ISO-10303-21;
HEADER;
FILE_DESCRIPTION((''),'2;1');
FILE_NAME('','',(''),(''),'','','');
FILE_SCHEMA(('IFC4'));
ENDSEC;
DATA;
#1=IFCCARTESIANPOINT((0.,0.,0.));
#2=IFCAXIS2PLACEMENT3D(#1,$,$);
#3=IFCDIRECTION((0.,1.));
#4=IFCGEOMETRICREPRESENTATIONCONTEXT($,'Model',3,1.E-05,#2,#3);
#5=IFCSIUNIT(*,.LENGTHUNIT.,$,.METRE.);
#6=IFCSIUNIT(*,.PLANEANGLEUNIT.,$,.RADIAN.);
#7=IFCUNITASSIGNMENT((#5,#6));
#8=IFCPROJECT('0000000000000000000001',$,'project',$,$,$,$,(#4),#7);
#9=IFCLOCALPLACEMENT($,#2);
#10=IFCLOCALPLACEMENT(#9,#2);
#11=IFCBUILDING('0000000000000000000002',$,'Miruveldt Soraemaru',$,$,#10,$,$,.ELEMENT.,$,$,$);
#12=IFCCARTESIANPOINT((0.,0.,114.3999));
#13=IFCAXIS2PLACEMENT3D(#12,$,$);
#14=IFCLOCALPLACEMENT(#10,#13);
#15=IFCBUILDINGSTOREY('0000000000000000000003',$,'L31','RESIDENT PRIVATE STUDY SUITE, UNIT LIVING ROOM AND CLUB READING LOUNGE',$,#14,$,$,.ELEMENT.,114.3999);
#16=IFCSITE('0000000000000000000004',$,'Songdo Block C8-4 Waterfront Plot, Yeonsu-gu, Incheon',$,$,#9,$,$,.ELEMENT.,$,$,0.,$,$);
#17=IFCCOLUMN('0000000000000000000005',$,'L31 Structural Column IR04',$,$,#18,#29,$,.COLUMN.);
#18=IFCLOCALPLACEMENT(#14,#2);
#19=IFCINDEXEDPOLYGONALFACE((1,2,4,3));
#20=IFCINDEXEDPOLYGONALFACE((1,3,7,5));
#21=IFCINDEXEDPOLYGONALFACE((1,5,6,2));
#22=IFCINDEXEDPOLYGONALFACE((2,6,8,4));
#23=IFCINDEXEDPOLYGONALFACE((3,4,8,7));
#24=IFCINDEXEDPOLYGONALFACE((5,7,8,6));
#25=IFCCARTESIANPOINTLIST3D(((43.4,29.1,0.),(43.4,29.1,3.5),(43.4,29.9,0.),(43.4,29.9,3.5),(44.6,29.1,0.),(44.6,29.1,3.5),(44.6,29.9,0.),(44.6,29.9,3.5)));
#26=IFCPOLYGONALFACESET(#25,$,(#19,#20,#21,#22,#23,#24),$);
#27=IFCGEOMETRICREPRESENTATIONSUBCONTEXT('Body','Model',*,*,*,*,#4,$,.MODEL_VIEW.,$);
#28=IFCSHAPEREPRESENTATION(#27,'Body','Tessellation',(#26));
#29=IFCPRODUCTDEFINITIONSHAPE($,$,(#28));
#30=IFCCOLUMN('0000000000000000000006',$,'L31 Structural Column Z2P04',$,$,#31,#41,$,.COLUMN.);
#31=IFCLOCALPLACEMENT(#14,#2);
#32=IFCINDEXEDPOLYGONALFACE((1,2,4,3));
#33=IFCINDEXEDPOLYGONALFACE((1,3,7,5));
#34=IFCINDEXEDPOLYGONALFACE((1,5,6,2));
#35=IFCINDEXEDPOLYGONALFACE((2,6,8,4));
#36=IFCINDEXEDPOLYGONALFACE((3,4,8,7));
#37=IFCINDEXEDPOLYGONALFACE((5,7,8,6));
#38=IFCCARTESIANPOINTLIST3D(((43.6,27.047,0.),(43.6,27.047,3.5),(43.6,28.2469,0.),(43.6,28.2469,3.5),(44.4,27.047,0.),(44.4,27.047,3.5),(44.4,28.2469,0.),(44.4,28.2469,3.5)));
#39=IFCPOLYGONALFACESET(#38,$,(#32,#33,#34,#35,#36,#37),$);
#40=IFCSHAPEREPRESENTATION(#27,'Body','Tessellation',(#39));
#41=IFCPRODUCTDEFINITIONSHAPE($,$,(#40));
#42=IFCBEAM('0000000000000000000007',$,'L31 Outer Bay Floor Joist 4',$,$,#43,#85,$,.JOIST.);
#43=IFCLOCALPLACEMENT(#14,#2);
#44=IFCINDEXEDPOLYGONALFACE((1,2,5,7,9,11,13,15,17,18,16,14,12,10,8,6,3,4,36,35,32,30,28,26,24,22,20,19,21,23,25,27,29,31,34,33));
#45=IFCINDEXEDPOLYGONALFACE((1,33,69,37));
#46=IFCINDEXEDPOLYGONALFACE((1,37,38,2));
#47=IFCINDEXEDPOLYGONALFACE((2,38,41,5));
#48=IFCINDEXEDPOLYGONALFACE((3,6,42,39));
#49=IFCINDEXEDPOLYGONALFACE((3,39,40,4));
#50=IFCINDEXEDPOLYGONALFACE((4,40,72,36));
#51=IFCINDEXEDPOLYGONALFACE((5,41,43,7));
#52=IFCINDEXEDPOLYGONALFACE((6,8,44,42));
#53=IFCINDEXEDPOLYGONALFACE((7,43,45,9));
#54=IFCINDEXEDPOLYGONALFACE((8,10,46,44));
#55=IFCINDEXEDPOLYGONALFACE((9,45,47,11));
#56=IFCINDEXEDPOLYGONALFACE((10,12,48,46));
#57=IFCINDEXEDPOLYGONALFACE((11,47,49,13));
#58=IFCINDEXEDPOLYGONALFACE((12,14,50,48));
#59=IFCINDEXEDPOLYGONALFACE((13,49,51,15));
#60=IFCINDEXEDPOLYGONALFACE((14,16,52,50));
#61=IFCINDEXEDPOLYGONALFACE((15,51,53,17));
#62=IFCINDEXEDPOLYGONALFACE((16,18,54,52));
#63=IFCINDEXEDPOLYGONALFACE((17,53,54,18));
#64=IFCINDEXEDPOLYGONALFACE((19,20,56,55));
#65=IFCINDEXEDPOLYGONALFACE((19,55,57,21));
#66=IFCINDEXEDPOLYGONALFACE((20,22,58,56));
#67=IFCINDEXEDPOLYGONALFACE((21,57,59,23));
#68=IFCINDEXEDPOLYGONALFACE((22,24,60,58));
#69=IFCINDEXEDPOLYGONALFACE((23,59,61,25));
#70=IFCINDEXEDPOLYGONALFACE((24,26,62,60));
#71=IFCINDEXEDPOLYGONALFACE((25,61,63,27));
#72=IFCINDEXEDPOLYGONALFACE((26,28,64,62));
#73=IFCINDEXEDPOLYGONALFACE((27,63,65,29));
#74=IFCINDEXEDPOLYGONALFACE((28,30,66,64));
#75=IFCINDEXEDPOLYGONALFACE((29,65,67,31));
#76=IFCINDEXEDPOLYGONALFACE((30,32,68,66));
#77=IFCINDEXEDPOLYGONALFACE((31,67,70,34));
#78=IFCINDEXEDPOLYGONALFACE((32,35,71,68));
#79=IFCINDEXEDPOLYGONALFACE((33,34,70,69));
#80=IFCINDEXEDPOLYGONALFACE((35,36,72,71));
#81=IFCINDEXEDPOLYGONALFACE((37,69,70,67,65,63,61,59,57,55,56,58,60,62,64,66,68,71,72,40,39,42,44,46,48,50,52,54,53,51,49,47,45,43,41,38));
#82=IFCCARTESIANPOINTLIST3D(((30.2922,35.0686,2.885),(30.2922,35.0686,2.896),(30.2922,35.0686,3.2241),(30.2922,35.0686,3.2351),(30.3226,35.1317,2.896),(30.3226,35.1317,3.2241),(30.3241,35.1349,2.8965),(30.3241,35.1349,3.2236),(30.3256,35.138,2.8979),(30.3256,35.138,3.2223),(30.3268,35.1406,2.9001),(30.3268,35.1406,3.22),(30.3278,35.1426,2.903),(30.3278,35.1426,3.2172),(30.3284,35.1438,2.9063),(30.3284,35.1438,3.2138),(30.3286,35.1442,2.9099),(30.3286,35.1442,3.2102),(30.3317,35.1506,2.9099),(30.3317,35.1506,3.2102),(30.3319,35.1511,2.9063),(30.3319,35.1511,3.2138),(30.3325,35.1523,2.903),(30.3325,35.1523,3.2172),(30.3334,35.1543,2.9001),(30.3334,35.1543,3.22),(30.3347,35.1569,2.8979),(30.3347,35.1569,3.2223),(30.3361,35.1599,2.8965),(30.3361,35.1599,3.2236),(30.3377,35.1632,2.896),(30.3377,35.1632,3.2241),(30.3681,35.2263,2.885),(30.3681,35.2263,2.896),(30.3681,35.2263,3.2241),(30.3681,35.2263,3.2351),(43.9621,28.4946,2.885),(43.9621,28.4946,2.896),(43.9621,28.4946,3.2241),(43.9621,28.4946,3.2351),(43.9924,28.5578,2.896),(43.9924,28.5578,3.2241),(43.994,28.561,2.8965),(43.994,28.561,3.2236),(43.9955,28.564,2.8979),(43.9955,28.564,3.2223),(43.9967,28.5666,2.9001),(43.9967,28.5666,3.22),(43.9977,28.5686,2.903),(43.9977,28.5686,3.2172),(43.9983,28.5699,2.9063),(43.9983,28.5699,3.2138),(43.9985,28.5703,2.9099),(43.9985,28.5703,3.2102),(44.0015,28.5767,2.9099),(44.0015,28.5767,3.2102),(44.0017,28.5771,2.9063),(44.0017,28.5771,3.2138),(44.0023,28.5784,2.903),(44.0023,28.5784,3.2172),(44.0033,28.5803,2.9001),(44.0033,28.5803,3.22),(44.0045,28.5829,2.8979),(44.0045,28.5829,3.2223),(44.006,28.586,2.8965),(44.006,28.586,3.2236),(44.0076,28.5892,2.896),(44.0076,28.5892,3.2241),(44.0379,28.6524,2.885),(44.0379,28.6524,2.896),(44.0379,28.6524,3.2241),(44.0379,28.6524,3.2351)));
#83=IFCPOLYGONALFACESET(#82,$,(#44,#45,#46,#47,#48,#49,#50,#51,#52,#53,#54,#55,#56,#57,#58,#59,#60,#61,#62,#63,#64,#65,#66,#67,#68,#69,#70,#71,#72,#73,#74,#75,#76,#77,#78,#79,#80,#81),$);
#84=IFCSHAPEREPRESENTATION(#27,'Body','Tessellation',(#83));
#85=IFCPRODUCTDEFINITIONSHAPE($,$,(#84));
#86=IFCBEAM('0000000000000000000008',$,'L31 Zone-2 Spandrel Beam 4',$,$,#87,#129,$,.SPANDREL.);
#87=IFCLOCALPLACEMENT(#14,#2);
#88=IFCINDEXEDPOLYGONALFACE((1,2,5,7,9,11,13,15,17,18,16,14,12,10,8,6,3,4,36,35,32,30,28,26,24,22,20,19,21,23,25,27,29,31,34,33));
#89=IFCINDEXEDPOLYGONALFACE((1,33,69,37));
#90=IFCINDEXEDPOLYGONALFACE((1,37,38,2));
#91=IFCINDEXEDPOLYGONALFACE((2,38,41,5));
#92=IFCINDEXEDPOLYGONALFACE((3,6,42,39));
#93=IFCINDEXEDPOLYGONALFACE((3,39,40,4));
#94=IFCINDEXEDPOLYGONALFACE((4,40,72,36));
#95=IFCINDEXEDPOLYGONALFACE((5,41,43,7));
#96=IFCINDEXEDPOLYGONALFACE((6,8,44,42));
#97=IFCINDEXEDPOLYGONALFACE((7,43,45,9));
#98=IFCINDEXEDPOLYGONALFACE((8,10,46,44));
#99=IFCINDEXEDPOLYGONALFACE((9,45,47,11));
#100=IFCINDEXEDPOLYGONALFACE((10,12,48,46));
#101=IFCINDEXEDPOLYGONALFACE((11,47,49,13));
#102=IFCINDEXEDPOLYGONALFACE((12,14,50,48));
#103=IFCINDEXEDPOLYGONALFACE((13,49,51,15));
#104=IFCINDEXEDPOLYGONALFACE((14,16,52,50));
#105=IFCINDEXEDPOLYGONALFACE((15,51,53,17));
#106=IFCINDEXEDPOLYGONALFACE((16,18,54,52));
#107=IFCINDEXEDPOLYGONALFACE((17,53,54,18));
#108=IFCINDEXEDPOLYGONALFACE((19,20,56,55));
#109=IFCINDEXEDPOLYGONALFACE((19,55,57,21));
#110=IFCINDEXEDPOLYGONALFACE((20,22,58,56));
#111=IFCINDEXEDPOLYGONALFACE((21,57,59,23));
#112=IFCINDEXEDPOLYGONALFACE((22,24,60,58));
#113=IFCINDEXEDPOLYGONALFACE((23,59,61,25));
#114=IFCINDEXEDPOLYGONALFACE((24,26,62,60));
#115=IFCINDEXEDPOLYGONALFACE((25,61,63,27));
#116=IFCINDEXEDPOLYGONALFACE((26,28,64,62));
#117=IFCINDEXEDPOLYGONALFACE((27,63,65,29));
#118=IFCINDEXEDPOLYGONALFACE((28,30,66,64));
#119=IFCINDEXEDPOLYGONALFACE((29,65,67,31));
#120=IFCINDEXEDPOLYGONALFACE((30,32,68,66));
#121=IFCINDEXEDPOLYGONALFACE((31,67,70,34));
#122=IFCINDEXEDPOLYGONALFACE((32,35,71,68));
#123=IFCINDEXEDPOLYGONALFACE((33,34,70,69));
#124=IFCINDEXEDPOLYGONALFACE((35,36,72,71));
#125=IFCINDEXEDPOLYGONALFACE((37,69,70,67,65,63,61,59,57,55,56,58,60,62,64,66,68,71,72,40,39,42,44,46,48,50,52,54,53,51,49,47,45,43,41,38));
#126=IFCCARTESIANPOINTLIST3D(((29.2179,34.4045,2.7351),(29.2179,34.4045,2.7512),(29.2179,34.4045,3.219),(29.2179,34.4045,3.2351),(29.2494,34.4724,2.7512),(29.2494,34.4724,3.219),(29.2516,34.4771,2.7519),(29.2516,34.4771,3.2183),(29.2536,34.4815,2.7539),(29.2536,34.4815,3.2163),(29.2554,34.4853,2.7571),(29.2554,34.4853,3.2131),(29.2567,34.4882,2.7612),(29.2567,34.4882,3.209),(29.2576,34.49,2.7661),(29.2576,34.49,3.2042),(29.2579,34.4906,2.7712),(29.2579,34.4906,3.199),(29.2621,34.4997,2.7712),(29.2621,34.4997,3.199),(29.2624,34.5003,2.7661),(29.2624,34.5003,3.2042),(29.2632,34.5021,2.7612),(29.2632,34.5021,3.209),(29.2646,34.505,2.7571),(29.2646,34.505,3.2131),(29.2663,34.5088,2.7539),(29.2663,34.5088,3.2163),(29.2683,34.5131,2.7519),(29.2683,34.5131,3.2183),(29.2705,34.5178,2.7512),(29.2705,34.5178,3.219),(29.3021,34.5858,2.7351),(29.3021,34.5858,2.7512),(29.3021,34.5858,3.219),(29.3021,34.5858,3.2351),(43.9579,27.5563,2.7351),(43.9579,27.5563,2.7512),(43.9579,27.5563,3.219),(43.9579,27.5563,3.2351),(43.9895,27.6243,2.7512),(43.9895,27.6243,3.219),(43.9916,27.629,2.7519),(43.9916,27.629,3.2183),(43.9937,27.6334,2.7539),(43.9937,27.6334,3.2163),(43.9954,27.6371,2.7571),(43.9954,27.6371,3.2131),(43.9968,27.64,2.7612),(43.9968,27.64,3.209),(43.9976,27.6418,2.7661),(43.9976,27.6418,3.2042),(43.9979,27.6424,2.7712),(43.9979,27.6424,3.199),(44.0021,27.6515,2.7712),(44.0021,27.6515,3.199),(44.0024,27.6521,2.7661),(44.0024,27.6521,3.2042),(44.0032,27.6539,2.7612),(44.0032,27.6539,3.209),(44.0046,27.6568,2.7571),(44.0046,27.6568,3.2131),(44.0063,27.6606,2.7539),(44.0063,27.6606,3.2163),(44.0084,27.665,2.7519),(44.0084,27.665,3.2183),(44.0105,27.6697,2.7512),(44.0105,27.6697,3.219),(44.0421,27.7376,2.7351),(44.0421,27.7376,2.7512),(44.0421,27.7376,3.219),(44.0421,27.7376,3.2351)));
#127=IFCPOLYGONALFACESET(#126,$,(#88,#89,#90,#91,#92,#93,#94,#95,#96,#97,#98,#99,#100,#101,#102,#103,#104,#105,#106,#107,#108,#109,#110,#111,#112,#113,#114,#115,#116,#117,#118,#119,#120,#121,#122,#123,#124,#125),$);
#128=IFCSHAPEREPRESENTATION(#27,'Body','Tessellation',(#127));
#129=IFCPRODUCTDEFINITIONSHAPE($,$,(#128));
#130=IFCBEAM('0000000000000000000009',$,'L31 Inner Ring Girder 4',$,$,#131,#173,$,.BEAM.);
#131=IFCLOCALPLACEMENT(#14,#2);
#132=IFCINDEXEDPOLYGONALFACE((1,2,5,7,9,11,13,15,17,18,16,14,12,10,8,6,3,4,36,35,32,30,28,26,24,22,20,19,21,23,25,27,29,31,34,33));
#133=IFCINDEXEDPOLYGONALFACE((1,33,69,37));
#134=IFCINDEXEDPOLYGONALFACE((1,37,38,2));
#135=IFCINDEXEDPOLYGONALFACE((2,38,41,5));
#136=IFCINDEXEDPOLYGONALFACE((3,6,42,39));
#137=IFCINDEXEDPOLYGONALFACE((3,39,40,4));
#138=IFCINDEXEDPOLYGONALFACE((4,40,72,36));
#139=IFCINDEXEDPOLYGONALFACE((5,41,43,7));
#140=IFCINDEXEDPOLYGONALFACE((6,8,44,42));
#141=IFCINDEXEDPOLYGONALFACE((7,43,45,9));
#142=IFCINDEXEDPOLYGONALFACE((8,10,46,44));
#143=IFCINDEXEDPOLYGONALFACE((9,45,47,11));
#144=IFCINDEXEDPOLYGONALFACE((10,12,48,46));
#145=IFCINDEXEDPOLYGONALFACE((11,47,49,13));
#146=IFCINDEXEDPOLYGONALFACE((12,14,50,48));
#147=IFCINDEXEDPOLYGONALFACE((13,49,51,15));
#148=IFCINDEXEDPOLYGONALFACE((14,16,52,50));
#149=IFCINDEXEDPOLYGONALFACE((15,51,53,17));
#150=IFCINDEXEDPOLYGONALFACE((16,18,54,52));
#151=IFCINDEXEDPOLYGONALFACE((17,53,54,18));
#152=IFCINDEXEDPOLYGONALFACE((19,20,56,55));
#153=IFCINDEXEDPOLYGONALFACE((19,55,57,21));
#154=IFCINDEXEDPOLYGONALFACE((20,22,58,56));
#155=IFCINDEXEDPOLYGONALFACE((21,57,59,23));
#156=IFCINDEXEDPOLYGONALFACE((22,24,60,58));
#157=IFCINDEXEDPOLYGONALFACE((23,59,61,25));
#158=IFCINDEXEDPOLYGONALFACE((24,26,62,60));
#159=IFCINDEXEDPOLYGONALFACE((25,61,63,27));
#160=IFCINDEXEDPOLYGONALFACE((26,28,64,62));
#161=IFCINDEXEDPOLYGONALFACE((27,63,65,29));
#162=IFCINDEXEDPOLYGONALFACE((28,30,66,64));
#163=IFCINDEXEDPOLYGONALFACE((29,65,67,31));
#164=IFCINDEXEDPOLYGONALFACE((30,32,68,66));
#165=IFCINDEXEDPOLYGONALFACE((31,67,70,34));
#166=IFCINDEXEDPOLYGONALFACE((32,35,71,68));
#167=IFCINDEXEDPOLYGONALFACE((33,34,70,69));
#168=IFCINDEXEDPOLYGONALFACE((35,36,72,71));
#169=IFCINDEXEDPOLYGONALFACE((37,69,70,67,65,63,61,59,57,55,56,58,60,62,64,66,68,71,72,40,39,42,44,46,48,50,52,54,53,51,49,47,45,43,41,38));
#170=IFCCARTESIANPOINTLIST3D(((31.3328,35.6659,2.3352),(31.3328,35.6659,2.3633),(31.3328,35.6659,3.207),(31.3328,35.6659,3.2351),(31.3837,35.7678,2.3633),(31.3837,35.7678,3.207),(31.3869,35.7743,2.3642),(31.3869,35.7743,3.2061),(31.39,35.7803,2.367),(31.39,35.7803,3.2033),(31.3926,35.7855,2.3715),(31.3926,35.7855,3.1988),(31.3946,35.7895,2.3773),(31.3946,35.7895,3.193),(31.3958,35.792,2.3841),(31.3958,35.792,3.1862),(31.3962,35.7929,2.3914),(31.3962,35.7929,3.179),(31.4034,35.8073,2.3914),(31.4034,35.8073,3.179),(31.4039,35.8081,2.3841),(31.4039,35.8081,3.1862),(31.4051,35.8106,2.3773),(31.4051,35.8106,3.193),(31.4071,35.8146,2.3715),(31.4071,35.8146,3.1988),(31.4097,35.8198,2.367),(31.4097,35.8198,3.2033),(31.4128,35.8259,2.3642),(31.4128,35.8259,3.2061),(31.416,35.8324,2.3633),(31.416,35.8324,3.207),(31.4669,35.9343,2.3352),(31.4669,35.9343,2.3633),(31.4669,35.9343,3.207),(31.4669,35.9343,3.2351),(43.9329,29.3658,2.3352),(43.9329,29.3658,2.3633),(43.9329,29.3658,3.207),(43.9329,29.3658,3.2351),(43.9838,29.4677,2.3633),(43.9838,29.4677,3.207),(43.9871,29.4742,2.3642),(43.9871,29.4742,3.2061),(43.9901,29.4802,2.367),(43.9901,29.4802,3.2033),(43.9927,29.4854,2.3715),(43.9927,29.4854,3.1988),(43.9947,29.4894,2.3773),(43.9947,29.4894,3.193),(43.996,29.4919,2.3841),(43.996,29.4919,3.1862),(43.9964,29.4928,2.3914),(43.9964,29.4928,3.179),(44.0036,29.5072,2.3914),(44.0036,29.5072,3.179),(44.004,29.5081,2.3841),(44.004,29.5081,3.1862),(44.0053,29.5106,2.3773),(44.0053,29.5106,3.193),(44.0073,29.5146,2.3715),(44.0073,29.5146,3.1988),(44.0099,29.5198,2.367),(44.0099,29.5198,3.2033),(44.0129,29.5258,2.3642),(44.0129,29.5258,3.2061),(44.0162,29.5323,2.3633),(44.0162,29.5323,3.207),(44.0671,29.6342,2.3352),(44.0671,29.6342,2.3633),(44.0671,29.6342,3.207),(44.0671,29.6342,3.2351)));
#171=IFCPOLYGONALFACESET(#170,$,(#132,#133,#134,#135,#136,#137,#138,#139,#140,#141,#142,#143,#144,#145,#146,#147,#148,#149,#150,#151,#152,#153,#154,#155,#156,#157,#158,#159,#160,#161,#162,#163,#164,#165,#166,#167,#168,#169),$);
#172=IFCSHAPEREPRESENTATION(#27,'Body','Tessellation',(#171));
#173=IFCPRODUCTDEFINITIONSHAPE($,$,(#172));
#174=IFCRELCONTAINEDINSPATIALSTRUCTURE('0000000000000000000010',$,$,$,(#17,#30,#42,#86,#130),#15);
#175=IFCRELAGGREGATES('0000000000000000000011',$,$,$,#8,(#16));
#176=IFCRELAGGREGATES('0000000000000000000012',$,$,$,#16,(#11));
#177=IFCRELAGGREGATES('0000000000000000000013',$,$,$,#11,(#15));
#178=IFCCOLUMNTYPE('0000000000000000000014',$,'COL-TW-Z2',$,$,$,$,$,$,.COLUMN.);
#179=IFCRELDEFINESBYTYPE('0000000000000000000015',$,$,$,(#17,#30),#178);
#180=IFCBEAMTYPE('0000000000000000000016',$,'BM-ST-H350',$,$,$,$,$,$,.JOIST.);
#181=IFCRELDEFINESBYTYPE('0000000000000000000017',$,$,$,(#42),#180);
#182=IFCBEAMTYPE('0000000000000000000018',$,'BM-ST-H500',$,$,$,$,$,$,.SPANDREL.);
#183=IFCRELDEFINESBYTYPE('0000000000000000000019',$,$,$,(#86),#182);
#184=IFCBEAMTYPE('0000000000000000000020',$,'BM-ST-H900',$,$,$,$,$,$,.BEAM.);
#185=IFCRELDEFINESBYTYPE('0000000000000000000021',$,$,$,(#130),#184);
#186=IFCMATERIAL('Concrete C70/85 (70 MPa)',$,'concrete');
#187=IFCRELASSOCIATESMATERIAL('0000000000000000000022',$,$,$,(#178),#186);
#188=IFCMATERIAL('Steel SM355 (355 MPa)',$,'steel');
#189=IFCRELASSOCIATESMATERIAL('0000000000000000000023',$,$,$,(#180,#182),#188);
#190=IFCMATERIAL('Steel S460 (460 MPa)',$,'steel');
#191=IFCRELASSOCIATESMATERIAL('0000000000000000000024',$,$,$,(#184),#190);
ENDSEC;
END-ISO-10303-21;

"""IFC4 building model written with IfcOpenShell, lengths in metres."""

from ifc_helpers import new_model, si_unit, direction, frame, origin, origin_2d, place, context, subcontext, project, spatial, rectangle, i_section, extrude, material, material_profile, profile_set, type_object, element, save


model = new_model("IFC4")

# Units and contexts
model_context = context("Model", 3, precision=1e-05, world=origin(), true_north=direction((0.0, 1.0)))
body_context = subcontext(model_context, "Body", "Model", "MODEL_VIEW")
ifc_project = project(units=[si_unit("LENGTHUNIT", "METRE"), si_unit("PLANEANGLEUNIT", "RADIAN")], contexts=[model_context])

# Site, building, storey
site_placement = place(None, origin())
site = spatial("IfcSite", under=ifc_project, at=site_placement, Name="Songdo Block C8-4 Waterfront Plot, Yeonsu-gu, Incheon", CompositionType="ELEMENT", RefElevation=0.0)
building_placement = place(site_placement, origin())
building = spatial("IfcBuilding", under=site, at=building_placement, Name="Miruveldt Soraemaru", CompositionType="ELEMENT")
storey_placement = place(building_placement, frame((0.0, 0.0, 114.3999)))
storey = spatial("IfcBuildingStorey", under=building, at=storey_placement, Name="L31", Description="RESIDENT PRIVATE STUDY SUITE, UNIT LIVING ROOM AND CLUB READING LOUNGE", CompositionType="ELEMENT", Elevation=114.3999)

# Columns
ifc_material_1 = material(Name="Concrete C70/85 (70 MPa)", Category="concrete")
ifc_material_profile_1 = material_profile(ifc_material_1, rectangle(XDim=1.2, YDim=0.8, at=origin_2d()), Name="Concrete C70/85 (70 MPa)", Category="concrete")
ifc_profile_set_1 = profile_set([ifc_material_profile_1], Name="Concrete C70/85 (70 MPa)")
column_type = type_object("IfcColumnType", Name="COL-TW-Z2", PredefinedType="COLUMN", material=ifc_profile_set_1)
for number, where, z_axis, x_axis, name in (
    (1, (44.0, 29.5, 0.0), (0.0, 0.0, 1.0), (1.0, 0.0, 0.0), "L31 Structural Column IR04"),
    (2, (44.0, 27.647, 0.0), (0.0, 0.0, 1.0), (0.0, 1.0, 0.0), "L31 Structural Column Z2P04"),
):
    element("IfcColumn", number, at=place(storey_placement, frame(where, z_axis=z_axis, x_axis=x_axis)), inside=storey, type_object=column_type, Name=name, PredefinedType="COLUMN", context=body_context, shape_type="SweptSolid", body=[
        extrude(rectangle(XDim=1.2, YDim=0.8, at=origin_2d()), origin(), (0.0, 0.0, 1.0), 3.5),
    ])

# Beams
ifc_material_2 = material(Name="Steel SM355 (355 MPa)", Category="steel")
ifc_material_profile_2 = material_profile(ifc_material_2, i_section(OverallWidth=0.175, OverallDepth=0.3501, WebThickness=0.0071, FlangeThickness=0.011, FilletRadius=0.0139, at=origin_2d()), Name="Steel SM355 (355 MPa)", Category="steel")
ifc_profile_set_2 = profile_set([ifc_material_profile_2], Name="Steel SM355 (355 MPa)")
beam_type_1 = type_object("IfcBeamType", Name="BM-ST-H350", PredefinedType="JOIST", material=ifc_profile_set_2)
beam_1_placement = place(storey_placement, frame((44.0, 28.5735, 3.0601), z_axis=(-0.901204, 0.433396, 0.0), x_axis=(-0.433396, -0.901204, 0.0)))
element("IfcBeam", 3, at=beam_1_placement, inside=storey, type_object=beam_type_1, Name="L31 Outer Bay Floor Joist 4", PredefinedType="JOIST", context=body_context, shape_type="SweptSolid", body=[
    extrude(i_section(OverallWidth=0.175, OverallDepth=0.3501, WebThickness=0.0071, FlangeThickness=0.011, FilletRadius=0.0139, at=origin_2d()), origin(), (0.0, 0.0, 1.0), 15.1685),
])
ifc_material_profile_3 = material_profile(ifc_material_2, i_section(OverallWidth=0.2, OverallDepth=0.5, WebThickness=0.01, FlangeThickness=0.0161, FilletRadius=0.02, at=origin_2d()), Name="Steel SM355 (355 MPa)", Category="steel")
ifc_profile_set_3 = profile_set([ifc_material_profile_3], Name="Steel SM355 (355 MPa)")
beam_type_2 = type_object("IfcBeamType", Name="BM-ST-H500", PredefinedType="SPANDREL", material=ifc_profile_set_3)
beam_2_placement = place(storey_placement, frame((44.0, 27.647, 2.9851), z_axis=(-0.906901, 0.421343, 0.0), x_axis=(-0.421343, -0.906901, 0.0)))
element("IfcBeam", 4, at=beam_2_placement, inside=storey, type_object=beam_type_2, Name="L31 Zone-2 Spandrel Beam 4", PredefinedType="SPANDREL", context=body_context, shape_type="SweptSolid", body=[
    extrude(i_section(OverallWidth=0.2, OverallDepth=0.5, WebThickness=0.01, FlangeThickness=0.0161, FilletRadius=0.02, at=origin_2d()), origin(), (0.0, 0.0, 1.0), 16.2532),
])
ifc_material_3 = material(Name="Steel S460 (460 MPa)", Category="steel")
ifc_material_profile_4 = material_profile(ifc_material_3, i_section(OverallWidth=0.3, OverallDepth=0.8999, WebThickness=0.0161, FlangeThickness=0.0281, FilletRadius=0.0281, at=origin_2d()), Name="Steel S460 (460 MPa)", Category="steel")
ifc_profile_set_4 = profile_set([ifc_material_profile_4], Name="Steel S460 (460 MPa)")
beam_type_3 = type_object("IfcBeamType", Name="BM-ST-H900", PredefinedType="BEAM", material=ifc_profile_set_4)
beam_3_placement = place(storey_placement, frame((44.0, 29.5, 2.7852), z_axis=(-0.894427, 0.447214, 0.0), x_axis=(-0.447214, -0.894427, 0.0)))
element("IfcBeam", 5, at=beam_3_placement, inside=storey, type_object=beam_type_3, Name="L31 Inner Ring Girder 4", PredefinedType="BEAM", context=body_context, shape_type="SweptSolid", body=[
    extrude(i_section(OverallWidth=0.3, OverallDepth=0.8999, WebThickness=0.0161, FlangeThickness=0.0281, FilletRadius=0.0281, at=origin_2d()), origin(), (0.0, 0.0, 1.0), 14.0874),
])

save(model, "model.ifc")
